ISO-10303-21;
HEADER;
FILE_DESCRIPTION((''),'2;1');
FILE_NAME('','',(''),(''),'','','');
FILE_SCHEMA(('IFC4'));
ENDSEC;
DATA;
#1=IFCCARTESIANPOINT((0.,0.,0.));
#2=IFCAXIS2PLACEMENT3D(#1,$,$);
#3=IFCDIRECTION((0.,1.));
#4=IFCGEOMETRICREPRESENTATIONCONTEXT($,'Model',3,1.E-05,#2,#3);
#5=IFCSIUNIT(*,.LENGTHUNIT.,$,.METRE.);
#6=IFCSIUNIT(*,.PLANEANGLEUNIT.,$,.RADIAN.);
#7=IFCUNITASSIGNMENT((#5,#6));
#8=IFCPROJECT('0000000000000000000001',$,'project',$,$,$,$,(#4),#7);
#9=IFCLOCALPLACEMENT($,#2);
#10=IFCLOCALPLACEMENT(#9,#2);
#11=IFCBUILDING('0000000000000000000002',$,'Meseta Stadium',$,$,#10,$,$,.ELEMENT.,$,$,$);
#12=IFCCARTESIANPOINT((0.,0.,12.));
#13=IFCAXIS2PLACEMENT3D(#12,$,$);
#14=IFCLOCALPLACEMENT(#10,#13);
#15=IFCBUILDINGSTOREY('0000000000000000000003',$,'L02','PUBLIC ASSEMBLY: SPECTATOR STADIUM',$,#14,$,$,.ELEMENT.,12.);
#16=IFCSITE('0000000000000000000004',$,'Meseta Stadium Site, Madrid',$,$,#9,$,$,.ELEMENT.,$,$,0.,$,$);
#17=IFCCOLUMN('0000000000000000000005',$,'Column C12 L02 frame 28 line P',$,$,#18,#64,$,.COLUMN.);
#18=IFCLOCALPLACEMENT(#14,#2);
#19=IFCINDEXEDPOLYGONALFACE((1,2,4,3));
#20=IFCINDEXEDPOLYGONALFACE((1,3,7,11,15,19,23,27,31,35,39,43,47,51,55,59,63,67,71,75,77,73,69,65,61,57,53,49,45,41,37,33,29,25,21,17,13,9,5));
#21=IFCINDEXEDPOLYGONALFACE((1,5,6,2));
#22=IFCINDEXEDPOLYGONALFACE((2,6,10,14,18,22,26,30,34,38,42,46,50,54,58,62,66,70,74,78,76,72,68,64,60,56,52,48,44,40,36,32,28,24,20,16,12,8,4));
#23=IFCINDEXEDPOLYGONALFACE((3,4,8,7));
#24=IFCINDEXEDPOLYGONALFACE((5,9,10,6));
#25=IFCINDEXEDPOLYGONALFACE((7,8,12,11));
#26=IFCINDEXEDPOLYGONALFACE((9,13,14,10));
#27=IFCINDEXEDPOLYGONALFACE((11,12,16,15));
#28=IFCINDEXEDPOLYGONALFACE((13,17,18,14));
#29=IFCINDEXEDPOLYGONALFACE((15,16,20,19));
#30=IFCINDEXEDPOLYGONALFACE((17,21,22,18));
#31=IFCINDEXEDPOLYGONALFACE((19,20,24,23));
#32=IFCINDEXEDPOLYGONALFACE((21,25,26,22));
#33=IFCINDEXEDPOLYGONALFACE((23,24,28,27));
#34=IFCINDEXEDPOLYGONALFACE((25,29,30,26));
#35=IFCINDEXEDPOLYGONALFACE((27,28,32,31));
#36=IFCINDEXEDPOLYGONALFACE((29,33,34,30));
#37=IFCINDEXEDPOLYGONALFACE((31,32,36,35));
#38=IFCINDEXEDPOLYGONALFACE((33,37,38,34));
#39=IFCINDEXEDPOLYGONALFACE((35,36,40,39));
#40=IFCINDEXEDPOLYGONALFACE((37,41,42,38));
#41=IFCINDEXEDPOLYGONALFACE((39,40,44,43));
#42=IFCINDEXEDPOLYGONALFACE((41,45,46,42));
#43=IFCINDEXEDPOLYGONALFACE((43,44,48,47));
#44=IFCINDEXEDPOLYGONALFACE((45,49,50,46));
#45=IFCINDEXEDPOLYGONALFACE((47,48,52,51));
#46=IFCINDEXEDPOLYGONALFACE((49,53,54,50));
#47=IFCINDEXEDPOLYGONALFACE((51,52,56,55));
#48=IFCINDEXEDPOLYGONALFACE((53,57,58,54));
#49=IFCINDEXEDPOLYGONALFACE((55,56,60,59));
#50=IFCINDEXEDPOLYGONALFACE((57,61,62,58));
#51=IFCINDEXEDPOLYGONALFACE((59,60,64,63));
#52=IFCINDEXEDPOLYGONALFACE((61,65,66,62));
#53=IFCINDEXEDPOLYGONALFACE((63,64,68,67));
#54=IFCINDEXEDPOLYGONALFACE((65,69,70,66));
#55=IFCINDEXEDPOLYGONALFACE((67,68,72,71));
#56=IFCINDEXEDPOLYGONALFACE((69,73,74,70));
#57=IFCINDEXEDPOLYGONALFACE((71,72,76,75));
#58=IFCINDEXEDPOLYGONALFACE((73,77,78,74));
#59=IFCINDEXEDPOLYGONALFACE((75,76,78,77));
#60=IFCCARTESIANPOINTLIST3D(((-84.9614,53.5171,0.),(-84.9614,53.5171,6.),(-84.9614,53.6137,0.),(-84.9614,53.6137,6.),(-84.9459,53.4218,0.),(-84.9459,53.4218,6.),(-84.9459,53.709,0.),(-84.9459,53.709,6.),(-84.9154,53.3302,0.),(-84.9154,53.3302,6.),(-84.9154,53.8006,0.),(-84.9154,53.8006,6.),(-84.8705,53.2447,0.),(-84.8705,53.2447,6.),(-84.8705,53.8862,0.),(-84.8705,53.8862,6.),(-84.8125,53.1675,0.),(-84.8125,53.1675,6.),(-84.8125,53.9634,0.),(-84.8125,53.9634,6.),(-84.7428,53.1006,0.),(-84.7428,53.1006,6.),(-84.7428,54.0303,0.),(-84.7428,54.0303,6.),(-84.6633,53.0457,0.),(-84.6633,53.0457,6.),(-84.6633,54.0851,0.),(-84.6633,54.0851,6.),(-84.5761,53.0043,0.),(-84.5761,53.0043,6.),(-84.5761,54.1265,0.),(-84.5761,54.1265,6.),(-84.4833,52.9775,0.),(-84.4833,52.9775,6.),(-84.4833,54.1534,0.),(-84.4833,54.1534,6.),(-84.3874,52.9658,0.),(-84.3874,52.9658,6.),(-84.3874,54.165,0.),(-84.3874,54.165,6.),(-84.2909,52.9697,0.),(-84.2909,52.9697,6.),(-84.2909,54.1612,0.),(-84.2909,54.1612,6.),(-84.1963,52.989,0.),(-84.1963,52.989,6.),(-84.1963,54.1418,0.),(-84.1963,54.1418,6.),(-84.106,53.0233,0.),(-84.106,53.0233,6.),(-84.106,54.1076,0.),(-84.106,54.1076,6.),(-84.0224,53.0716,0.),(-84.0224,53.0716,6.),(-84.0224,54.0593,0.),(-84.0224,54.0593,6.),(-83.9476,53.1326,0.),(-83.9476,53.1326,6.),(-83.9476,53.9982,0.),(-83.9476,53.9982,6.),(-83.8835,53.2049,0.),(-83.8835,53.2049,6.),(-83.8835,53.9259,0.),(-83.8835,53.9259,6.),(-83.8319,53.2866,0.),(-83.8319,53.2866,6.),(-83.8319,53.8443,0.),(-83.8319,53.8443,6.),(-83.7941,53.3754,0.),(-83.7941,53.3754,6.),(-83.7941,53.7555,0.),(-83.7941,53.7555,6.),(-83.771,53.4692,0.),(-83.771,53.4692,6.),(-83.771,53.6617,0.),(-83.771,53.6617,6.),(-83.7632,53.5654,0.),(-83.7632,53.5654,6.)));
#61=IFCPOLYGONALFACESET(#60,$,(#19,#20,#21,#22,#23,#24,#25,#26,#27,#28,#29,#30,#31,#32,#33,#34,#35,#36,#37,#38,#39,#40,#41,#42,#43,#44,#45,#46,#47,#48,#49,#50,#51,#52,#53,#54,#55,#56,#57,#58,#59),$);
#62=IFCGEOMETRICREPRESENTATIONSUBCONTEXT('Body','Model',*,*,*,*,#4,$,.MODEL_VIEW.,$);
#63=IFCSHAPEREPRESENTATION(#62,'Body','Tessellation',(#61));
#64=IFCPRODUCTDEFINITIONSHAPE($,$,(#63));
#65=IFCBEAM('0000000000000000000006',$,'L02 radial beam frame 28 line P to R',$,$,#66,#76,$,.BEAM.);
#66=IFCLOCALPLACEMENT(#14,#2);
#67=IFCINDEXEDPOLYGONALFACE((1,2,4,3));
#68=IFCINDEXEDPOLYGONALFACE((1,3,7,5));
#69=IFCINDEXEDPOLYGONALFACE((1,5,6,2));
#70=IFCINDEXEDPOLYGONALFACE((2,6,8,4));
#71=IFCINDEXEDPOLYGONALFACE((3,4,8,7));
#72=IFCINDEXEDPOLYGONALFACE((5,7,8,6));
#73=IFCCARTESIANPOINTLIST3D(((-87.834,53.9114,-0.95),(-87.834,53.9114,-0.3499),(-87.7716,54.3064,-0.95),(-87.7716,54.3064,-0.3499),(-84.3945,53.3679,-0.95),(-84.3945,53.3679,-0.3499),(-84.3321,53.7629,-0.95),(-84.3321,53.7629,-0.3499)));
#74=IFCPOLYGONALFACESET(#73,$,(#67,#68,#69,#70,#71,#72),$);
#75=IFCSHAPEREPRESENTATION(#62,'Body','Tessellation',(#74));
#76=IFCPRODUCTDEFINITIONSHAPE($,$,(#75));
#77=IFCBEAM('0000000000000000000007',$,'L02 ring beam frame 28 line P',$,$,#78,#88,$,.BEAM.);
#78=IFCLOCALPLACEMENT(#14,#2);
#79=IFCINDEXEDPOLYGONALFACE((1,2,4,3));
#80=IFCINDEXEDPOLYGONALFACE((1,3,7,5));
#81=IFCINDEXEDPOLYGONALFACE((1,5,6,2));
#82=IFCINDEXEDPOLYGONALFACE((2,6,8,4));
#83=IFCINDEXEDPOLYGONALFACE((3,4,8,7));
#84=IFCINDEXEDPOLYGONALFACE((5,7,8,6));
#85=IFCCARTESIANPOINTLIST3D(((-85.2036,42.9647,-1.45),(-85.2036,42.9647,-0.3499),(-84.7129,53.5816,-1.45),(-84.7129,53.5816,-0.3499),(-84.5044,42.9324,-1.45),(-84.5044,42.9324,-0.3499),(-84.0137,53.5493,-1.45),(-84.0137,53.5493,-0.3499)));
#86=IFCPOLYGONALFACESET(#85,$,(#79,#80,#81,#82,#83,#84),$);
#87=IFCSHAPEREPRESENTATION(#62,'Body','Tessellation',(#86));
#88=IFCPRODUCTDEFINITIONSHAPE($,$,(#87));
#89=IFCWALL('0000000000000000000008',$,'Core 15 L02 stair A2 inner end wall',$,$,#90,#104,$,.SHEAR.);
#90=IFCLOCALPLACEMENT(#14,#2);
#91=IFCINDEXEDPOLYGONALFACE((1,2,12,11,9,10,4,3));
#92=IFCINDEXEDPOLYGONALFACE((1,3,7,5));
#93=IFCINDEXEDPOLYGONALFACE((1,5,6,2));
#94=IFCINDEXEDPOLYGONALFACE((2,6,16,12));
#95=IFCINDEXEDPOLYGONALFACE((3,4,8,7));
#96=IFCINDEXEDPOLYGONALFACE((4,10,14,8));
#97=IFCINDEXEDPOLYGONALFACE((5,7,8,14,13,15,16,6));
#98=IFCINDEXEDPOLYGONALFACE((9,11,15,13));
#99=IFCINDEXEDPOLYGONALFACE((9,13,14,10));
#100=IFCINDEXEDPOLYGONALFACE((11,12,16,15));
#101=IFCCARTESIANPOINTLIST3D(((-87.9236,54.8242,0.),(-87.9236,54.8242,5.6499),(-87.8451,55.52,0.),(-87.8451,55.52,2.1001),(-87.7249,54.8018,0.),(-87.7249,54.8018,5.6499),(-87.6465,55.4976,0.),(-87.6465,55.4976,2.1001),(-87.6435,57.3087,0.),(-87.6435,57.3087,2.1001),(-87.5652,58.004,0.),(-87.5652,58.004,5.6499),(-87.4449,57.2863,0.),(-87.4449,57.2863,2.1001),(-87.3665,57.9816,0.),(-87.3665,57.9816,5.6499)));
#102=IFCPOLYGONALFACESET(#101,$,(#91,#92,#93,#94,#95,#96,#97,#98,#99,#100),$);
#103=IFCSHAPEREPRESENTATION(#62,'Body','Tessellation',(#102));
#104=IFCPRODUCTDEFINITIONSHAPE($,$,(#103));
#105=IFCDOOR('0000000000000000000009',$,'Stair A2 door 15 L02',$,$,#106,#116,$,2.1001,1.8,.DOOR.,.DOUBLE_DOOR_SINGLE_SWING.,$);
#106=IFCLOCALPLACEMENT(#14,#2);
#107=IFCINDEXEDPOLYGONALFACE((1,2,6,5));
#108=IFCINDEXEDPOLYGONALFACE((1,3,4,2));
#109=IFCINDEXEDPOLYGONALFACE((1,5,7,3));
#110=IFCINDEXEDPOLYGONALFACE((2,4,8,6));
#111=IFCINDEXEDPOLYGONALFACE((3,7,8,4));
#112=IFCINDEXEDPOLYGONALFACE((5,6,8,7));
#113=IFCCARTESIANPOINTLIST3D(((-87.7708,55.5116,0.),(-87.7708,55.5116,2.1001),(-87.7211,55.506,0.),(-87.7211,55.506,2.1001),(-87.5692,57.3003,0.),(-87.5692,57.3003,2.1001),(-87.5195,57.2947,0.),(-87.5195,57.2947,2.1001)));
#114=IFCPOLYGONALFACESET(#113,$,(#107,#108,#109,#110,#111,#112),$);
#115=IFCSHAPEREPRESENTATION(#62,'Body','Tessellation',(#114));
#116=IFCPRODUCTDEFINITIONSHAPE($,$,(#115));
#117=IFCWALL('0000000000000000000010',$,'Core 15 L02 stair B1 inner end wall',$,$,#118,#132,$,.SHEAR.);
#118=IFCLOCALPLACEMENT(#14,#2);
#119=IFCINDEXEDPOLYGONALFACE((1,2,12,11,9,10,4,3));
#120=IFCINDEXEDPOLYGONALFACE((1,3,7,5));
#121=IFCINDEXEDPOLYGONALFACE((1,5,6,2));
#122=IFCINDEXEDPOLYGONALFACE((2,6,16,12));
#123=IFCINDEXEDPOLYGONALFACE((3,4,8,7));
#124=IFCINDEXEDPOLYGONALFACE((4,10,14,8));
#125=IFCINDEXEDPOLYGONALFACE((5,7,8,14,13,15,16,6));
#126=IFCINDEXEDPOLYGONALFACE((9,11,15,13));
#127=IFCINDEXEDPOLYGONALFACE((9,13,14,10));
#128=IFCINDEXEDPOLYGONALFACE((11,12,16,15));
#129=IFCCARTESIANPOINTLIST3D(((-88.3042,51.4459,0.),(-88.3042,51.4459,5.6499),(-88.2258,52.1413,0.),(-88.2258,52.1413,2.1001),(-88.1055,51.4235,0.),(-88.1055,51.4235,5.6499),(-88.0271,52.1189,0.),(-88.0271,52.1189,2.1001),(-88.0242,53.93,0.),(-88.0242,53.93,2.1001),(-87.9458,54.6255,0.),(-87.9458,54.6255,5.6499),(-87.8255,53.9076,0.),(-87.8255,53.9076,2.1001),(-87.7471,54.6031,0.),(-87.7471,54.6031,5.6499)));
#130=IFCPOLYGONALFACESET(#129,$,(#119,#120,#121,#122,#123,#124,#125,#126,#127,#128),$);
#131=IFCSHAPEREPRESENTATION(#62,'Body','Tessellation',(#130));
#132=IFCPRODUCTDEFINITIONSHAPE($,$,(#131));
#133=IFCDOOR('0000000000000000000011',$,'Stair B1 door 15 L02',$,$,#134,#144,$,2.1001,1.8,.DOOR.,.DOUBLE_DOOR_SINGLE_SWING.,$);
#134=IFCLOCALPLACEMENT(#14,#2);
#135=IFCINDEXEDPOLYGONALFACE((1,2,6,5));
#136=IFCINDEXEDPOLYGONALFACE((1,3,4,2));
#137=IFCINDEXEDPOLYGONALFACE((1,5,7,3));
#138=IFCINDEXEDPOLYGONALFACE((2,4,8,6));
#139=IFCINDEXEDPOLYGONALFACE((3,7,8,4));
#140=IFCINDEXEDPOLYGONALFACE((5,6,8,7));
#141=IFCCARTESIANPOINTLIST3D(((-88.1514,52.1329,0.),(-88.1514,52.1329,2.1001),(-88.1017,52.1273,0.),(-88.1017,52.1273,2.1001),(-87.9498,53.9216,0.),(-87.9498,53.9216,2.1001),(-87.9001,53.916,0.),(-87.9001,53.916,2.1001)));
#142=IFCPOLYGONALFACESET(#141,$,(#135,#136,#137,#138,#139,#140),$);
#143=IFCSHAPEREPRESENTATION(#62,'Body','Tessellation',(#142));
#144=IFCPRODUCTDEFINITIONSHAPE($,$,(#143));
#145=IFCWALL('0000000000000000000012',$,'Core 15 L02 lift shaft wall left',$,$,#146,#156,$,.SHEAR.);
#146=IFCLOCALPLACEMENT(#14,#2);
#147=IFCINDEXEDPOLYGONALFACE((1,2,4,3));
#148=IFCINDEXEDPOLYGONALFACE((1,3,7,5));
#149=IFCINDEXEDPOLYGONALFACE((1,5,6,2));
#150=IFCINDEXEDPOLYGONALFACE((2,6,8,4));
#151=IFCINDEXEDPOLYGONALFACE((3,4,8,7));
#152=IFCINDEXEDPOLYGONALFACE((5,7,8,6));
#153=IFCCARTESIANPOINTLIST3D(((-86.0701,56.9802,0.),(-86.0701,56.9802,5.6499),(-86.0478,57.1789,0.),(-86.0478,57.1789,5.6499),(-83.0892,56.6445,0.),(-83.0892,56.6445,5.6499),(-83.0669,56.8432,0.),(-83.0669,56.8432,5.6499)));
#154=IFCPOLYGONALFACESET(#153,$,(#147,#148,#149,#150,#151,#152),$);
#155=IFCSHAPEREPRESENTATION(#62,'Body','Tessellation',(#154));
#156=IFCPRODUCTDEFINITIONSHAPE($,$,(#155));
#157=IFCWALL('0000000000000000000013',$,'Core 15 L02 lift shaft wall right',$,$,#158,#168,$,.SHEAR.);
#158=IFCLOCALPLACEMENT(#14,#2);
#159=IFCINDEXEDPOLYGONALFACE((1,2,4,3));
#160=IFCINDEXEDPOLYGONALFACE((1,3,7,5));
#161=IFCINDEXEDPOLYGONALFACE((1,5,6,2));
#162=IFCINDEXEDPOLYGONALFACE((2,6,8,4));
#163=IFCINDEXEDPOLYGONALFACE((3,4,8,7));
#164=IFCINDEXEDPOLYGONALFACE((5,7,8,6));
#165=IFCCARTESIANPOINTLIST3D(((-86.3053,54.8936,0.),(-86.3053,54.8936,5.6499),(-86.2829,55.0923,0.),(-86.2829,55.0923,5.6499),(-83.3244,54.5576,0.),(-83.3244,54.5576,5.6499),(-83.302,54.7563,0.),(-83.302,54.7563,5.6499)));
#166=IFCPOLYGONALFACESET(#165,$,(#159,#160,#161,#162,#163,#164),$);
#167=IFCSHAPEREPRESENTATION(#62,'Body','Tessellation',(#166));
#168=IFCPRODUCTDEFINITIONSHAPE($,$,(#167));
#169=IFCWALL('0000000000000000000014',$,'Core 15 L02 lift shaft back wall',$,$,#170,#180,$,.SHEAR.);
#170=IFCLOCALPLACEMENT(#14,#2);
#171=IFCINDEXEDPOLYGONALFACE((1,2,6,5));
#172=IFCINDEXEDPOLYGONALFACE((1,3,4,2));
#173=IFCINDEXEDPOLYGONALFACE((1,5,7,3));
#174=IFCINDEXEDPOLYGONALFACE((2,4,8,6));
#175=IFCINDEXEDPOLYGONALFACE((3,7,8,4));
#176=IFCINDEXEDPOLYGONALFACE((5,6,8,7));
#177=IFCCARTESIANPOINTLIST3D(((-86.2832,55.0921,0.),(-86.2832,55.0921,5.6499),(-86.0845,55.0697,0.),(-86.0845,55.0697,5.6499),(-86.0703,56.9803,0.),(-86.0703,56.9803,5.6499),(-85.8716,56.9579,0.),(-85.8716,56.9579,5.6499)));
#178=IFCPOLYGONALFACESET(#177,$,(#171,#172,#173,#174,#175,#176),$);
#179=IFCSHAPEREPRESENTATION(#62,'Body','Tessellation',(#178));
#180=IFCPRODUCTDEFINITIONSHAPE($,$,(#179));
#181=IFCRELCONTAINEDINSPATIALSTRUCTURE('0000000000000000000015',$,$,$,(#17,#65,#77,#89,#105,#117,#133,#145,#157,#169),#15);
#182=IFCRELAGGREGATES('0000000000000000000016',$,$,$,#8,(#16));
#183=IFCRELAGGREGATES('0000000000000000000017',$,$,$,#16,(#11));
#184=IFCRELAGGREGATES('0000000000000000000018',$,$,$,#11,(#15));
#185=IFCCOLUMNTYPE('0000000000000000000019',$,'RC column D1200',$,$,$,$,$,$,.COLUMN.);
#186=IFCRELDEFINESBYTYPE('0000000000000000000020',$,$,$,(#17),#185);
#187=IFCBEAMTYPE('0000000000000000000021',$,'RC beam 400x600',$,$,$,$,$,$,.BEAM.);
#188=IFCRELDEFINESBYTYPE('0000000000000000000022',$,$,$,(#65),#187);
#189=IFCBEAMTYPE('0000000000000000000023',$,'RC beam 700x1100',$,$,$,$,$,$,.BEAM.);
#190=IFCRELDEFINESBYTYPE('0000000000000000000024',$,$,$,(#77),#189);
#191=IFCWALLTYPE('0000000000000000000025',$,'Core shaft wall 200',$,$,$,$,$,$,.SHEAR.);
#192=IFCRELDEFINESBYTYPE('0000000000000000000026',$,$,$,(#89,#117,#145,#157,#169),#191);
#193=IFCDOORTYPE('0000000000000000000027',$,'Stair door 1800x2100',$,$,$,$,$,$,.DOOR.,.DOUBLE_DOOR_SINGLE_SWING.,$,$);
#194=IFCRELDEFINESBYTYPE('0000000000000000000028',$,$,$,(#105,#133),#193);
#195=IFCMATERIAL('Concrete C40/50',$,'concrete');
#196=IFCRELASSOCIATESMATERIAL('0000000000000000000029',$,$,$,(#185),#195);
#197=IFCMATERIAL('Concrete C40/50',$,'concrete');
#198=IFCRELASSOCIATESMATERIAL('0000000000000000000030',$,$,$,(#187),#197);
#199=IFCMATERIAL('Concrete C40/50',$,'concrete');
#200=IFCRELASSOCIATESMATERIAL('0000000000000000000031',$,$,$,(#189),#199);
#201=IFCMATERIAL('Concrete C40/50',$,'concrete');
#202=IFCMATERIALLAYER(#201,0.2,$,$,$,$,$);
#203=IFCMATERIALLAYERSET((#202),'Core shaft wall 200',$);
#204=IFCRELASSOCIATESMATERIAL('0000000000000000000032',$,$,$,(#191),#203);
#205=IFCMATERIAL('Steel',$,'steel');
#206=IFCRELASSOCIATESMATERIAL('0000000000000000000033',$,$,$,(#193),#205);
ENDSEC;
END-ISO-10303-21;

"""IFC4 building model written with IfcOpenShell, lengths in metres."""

from ifc_helpers import new_model, si_unit, direction, frame, frame_2d, origin, origin_2d, place, context, subcontext, project, spatial, rectangle, circle, extrude, material, layer, layer_set, material_profile, profile_set, type_object, element, fill, save


model = new_model("IFC4")

# Units and contexts
model_context = context("Model", 3, precision=1e-05, world=origin(), true_north=direction((0.0, 1.0)))
body_context = subcontext(model_context, "Body", "Model", "MODEL_VIEW")
ifc_project = project(units=[si_unit("LENGTHUNIT", "METRE"), si_unit("PLANEANGLEUNIT", "RADIAN")], contexts=[model_context])

# Site, building, storey
site_placement = place(None, origin())
site = spatial("IfcSite", under=ifc_project, at=site_placement, Name="Meseta Stadium Site, Madrid", CompositionType="ELEMENT", RefElevation=0.0)
building_placement = place(site_placement, origin())
building = spatial("IfcBuilding", under=site, at=building_placement, Name="Meseta Stadium", CompositionType="ELEMENT")
storey_placement = place(building_placement, frame((0.0, 0.0, 12.0)))
storey = spatial("IfcBuildingStorey", under=building, at=storey_placement, Name="L02", Description="PUBLIC ASSEMBLY: SPECTATOR STADIUM", CompositionType="ELEMENT", Elevation=12.0)

# Column
ifc_material_1 = material(Name="Concrete C40/50", Category="concrete")
ifc_material_profile_1 = material_profile(ifc_material_1, circle(Radius=0.6001, at=origin_2d()), Name="RC D1200")
ifc_profile_set_1 = profile_set([ifc_material_profile_1], Name="Concrete C40/50")
column_type = type_object("IfcColumnType", Name="RC column D1200", PredefinedType="COLUMN", material=ifc_profile_set_1)
column_placement = place(storey_placement, frame((-84.3633, 53.5654, 0.0), z_axis=(0.0, 0.0, 1.0), x_axis=(1.0, 0.0, 0.0)))
element("IfcColumn", 1, at=column_placement, inside=storey, type_object=column_type, Name="Column C12 L02 frame 28 line P", PredefinedType="COLUMN", context=body_context, shape_type="SweptSolid", body=[
    extrude(circle(Radius=0.6001, at=origin_2d()), origin(), (0.0, 0.0, 1.0), 6.0),
])

# Beams
ifc_material_2 = material(Name="Concrete C40/50", Category="concrete")
ifc_material_profile_2 = material_profile(ifc_material_2, rectangle(XDim=0.3999, YDim=0.6001, at=origin_2d()), Name="RC 400x600")
ifc_profile_set_2 = profile_set([ifc_material_profile_2], Name="Concrete C40/50")
beam_type_1 = type_object("IfcBeamType", Name="RC beam 400x600", PredefinedType="BEAM", material=ifc_profile_set_2)
beam_1_placement = place(storey_placement, frame((-84.3633, 53.5654, -0.6499), z_axis=(-0.987746, 0.156071, 0.0), x_axis=(-0.156071, -0.987746, 0.0)))
element("IfcBeam", 2, at=beam_1_placement, inside=storey, type_object=beam_type_1, Name="L02 radial beam frame 28 line P to R", PredefinedType="BEAM", context=body_context, shape_type="SweptSolid", body=[
    extrude(rectangle(XDim=0.3999, YDim=0.6001, at=origin_2d()), origin(), (0.0, 0.0, 1.0), 3.4822),
])
ifc_material_3 = material(Name="Concrete C40/50", Category="concrete")
ifc_material_profile_3 = material_profile(ifc_material_3, rectangle(XDim=0.7, YDim=1.1001, at=origin_2d()), Name="RC 700x1100")
ifc_profile_set_3 = profile_set([ifc_material_profile_3], Name="Concrete C40/50")
beam_type_2 = type_object("IfcBeamType", Name="RC beam 700x1100", PredefinedType="BEAM", material=ifc_profile_set_3)
beam_2_placement = place(storey_placement, frame((-84.3633, 53.5654, -0.8999), z_axis=(-0.046171, -0.998934, 0.0), x_axis=(0.998934, -0.046171, 0.0)))
element("IfcBeam", 3, at=beam_2_placement, inside=storey, type_object=beam_type_2, Name="L02 ring beam frame 28 line P", PredefinedType="BEAM", context=body_context, shape_type="SweptSolid", body=[
    extrude(rectangle(XDim=0.7, YDim=1.1001, at=origin_2d()), origin(), (0.0, 0.0, 1.0), 10.6282),
])

# Walls, openings, doors
ifc_material_4 = material(Name="Concrete C40/50", Category="concrete")
ifc_layer = layer(ifc_material_4, 0.2)
ifc_layer_set = layer_set([ifc_layer], Name="Core shaft wall 200")
wall_type = type_object("IfcWallType", Name="Core shaft wall 200", PredefinedType="SHEAR", material=ifc_layer_set)
wall_1_placement = place(storey_placement, frame((-87.4658, 57.9929, 0.0), z_axis=(0.0, 0.0, 1.0), x_axis=(-0.111997, -0.993709, 0.0)))
wall_1 = element("IfcWall", 4, at=wall_1_placement, inside=storey, type_object=wall_type, Name="Core 15 L02 stair A2 inner end wall", PredefinedType="SHEAR", context=body_context, shape_type="SweptSolid", body=[
    extrude(rectangle(XDim=3.2, YDim=0.2, at=frame_2d((1.6001, 0.0))), origin(), (0.0, 0.0, 1.0), 5.6499),
])
opening_1_placement = place(wall_1_placement, frame((0.7, 0.0, 0.0)))
opening_1 = element("IfcOpeningElement", 5, at=opening_1_placement, cuts=wall_1, PredefinedType="OPENING", context=body_context, shape_type="SweptSolid", body=[
    extrude(rectangle(XDim=1.8, YDim=2.1001, at=frame_2d((0.8999, 1.05))), frame((0.0, 0.1099, 0.0), z_axis=(0.0, -1.0, 0.0), x_axis=(1.0, 0.0, 0.0)), (0.0, 0.0, 1.0), 0.22),
])
ifc_material_5 = material(Name="Steel", Category="steel")
door_type_1 = type_object("IfcDoorType", Name="Stair door 1800x2100", OperationType="DOUBLE_DOOR_SINGLE_SWING", PredefinedType="DOOR", material=ifc_material_5)
door_1_placement = place(opening_1_placement, origin())
door_1 = element("IfcDoor", 6, at=door_1_placement, inside=storey, type_object=door_type_1, Name="Stair A2 door 15 L02", OperationType="DOUBLE_DOOR_SINGLE_SWING", OverallHeight=2.1001, OverallWidth=1.8, PredefinedType="DOOR", context=body_context, shape_type="SweptSolid", body=[
    extrude(rectangle(XDim=1.8, YDim=2.1001, at=frame_2d((0.8999, 1.05))), frame((0.0, 0.0249, 0.0), z_axis=(0.0, -1.0, 0.0), x_axis=(1.0, 0.0, 0.0)), (0.0, 0.0, 1.0), 0.05),
])
fill(opening_1, door_1)
wall_2_placement = place(storey_placement, frame((-87.8464, 54.6143, 0.0), z_axis=(0.0, 0.0, 1.0), x_axis=(-0.112006, -0.993708, 0.0)))
wall_2 = element("IfcWall", 7, at=wall_2_placement, inside=storey, type_object=wall_type, Name="Core 15 L02 stair B1 inner end wall", PredefinedType="SHEAR", context=body_context, shape_type="SweptSolid", body=[
    extrude(rectangle(XDim=3.1997, YDim=0.2, at=frame_2d((1.5999, 0.0))), origin(), (0.0, 0.0, 1.0), 5.6499),
])
opening_2_placement = place(wall_2_placement, frame((0.7, 0.0, 0.0)))
opening_2 = element("IfcOpeningElement", 8, at=opening_2_placement, cuts=wall_2, PredefinedType="OPENING", context=body_context, shape_type="SweptSolid", body=[
    extrude(rectangle(XDim=1.8, YDim=2.1001, at=frame_2d((0.8999, 1.05))), frame((0.0, 0.1099, 0.0), z_axis=(0.0, -1.0, 0.0), x_axis=(1.0, 0.0, 0.0)), (0.0, 0.0, 1.0), 0.22),
])
door_2_placement = place(opening_2_placement, origin())
door_2 = element("IfcDoor", 9, at=door_2_placement, inside=storey, type_object=door_type_1, Name="Stair B1 door 15 L02", OperationType="DOUBLE_DOOR_SINGLE_SWING", OverallHeight=2.1001, OverallWidth=1.8, PredefinedType="DOOR", context=body_context, shape_type="SweptSolid", body=[
    extrude(rectangle(XDim=1.8, YDim=2.1001, at=frame_2d((0.8999, 1.05))), frame((0.0, 0.0249, 0.0), z_axis=(0.0, -1.0, 0.0), x_axis=(1.0, 0.0, 0.0)), (0.0, 0.0, 1.0), 0.05),
])
fill(opening_2, door_2)

# Walls
for number, where, z_axis, x_axis, name in (
    (10, (-86.0591, 57.0796, 0.0), (0.0, 0.0, 1.0), (0.993719, -0.111905, 0.0), "Core 15 L02 lift shaft wall left"),
    (11, (-86.2942, 54.9929, 0.0), (0.0, 0.0, 1.0), (0.99371, -0.111986, 0.0), "Core 15 L02 lift shaft wall right"),
):
    element("IfcWall", number, at=place(storey_placement, frame(where, z_axis=z_axis, x_axis=x_axis)), inside=storey, type_object=wall_type, Name=name, PredefinedType="SHEAR", context=body_context, shape_type="SweptSolid", body=[
        extrude(rectangle(XDim=2.9998, YDim=0.2, at=frame_2d((1.5, 0.0))), origin(), (0.0, 0.0, 1.0), 5.6499),
    ])
wall_3_placement = place(storey_placement, frame((-85.9709, 56.9692, 0.0), z_axis=(0.0, 0.0, 1.0), x_axis=(-0.112039, -0.993704, 0.0)))
element("IfcWall", 12, at=wall_3_placement, inside=storey, type_object=wall_type, Name="Core 15 L02 lift shaft back wall", PredefinedType="SHEAR", context=body_context, shape_type="SweptSolid", body=[
    extrude(rectangle(XDim=1.9001, YDim=0.2, at=frame_2d((0.9502, 0.0))), origin(), (0.0, 0.0, 1.0), 5.6499),
])

save(model, "model.ifc")
